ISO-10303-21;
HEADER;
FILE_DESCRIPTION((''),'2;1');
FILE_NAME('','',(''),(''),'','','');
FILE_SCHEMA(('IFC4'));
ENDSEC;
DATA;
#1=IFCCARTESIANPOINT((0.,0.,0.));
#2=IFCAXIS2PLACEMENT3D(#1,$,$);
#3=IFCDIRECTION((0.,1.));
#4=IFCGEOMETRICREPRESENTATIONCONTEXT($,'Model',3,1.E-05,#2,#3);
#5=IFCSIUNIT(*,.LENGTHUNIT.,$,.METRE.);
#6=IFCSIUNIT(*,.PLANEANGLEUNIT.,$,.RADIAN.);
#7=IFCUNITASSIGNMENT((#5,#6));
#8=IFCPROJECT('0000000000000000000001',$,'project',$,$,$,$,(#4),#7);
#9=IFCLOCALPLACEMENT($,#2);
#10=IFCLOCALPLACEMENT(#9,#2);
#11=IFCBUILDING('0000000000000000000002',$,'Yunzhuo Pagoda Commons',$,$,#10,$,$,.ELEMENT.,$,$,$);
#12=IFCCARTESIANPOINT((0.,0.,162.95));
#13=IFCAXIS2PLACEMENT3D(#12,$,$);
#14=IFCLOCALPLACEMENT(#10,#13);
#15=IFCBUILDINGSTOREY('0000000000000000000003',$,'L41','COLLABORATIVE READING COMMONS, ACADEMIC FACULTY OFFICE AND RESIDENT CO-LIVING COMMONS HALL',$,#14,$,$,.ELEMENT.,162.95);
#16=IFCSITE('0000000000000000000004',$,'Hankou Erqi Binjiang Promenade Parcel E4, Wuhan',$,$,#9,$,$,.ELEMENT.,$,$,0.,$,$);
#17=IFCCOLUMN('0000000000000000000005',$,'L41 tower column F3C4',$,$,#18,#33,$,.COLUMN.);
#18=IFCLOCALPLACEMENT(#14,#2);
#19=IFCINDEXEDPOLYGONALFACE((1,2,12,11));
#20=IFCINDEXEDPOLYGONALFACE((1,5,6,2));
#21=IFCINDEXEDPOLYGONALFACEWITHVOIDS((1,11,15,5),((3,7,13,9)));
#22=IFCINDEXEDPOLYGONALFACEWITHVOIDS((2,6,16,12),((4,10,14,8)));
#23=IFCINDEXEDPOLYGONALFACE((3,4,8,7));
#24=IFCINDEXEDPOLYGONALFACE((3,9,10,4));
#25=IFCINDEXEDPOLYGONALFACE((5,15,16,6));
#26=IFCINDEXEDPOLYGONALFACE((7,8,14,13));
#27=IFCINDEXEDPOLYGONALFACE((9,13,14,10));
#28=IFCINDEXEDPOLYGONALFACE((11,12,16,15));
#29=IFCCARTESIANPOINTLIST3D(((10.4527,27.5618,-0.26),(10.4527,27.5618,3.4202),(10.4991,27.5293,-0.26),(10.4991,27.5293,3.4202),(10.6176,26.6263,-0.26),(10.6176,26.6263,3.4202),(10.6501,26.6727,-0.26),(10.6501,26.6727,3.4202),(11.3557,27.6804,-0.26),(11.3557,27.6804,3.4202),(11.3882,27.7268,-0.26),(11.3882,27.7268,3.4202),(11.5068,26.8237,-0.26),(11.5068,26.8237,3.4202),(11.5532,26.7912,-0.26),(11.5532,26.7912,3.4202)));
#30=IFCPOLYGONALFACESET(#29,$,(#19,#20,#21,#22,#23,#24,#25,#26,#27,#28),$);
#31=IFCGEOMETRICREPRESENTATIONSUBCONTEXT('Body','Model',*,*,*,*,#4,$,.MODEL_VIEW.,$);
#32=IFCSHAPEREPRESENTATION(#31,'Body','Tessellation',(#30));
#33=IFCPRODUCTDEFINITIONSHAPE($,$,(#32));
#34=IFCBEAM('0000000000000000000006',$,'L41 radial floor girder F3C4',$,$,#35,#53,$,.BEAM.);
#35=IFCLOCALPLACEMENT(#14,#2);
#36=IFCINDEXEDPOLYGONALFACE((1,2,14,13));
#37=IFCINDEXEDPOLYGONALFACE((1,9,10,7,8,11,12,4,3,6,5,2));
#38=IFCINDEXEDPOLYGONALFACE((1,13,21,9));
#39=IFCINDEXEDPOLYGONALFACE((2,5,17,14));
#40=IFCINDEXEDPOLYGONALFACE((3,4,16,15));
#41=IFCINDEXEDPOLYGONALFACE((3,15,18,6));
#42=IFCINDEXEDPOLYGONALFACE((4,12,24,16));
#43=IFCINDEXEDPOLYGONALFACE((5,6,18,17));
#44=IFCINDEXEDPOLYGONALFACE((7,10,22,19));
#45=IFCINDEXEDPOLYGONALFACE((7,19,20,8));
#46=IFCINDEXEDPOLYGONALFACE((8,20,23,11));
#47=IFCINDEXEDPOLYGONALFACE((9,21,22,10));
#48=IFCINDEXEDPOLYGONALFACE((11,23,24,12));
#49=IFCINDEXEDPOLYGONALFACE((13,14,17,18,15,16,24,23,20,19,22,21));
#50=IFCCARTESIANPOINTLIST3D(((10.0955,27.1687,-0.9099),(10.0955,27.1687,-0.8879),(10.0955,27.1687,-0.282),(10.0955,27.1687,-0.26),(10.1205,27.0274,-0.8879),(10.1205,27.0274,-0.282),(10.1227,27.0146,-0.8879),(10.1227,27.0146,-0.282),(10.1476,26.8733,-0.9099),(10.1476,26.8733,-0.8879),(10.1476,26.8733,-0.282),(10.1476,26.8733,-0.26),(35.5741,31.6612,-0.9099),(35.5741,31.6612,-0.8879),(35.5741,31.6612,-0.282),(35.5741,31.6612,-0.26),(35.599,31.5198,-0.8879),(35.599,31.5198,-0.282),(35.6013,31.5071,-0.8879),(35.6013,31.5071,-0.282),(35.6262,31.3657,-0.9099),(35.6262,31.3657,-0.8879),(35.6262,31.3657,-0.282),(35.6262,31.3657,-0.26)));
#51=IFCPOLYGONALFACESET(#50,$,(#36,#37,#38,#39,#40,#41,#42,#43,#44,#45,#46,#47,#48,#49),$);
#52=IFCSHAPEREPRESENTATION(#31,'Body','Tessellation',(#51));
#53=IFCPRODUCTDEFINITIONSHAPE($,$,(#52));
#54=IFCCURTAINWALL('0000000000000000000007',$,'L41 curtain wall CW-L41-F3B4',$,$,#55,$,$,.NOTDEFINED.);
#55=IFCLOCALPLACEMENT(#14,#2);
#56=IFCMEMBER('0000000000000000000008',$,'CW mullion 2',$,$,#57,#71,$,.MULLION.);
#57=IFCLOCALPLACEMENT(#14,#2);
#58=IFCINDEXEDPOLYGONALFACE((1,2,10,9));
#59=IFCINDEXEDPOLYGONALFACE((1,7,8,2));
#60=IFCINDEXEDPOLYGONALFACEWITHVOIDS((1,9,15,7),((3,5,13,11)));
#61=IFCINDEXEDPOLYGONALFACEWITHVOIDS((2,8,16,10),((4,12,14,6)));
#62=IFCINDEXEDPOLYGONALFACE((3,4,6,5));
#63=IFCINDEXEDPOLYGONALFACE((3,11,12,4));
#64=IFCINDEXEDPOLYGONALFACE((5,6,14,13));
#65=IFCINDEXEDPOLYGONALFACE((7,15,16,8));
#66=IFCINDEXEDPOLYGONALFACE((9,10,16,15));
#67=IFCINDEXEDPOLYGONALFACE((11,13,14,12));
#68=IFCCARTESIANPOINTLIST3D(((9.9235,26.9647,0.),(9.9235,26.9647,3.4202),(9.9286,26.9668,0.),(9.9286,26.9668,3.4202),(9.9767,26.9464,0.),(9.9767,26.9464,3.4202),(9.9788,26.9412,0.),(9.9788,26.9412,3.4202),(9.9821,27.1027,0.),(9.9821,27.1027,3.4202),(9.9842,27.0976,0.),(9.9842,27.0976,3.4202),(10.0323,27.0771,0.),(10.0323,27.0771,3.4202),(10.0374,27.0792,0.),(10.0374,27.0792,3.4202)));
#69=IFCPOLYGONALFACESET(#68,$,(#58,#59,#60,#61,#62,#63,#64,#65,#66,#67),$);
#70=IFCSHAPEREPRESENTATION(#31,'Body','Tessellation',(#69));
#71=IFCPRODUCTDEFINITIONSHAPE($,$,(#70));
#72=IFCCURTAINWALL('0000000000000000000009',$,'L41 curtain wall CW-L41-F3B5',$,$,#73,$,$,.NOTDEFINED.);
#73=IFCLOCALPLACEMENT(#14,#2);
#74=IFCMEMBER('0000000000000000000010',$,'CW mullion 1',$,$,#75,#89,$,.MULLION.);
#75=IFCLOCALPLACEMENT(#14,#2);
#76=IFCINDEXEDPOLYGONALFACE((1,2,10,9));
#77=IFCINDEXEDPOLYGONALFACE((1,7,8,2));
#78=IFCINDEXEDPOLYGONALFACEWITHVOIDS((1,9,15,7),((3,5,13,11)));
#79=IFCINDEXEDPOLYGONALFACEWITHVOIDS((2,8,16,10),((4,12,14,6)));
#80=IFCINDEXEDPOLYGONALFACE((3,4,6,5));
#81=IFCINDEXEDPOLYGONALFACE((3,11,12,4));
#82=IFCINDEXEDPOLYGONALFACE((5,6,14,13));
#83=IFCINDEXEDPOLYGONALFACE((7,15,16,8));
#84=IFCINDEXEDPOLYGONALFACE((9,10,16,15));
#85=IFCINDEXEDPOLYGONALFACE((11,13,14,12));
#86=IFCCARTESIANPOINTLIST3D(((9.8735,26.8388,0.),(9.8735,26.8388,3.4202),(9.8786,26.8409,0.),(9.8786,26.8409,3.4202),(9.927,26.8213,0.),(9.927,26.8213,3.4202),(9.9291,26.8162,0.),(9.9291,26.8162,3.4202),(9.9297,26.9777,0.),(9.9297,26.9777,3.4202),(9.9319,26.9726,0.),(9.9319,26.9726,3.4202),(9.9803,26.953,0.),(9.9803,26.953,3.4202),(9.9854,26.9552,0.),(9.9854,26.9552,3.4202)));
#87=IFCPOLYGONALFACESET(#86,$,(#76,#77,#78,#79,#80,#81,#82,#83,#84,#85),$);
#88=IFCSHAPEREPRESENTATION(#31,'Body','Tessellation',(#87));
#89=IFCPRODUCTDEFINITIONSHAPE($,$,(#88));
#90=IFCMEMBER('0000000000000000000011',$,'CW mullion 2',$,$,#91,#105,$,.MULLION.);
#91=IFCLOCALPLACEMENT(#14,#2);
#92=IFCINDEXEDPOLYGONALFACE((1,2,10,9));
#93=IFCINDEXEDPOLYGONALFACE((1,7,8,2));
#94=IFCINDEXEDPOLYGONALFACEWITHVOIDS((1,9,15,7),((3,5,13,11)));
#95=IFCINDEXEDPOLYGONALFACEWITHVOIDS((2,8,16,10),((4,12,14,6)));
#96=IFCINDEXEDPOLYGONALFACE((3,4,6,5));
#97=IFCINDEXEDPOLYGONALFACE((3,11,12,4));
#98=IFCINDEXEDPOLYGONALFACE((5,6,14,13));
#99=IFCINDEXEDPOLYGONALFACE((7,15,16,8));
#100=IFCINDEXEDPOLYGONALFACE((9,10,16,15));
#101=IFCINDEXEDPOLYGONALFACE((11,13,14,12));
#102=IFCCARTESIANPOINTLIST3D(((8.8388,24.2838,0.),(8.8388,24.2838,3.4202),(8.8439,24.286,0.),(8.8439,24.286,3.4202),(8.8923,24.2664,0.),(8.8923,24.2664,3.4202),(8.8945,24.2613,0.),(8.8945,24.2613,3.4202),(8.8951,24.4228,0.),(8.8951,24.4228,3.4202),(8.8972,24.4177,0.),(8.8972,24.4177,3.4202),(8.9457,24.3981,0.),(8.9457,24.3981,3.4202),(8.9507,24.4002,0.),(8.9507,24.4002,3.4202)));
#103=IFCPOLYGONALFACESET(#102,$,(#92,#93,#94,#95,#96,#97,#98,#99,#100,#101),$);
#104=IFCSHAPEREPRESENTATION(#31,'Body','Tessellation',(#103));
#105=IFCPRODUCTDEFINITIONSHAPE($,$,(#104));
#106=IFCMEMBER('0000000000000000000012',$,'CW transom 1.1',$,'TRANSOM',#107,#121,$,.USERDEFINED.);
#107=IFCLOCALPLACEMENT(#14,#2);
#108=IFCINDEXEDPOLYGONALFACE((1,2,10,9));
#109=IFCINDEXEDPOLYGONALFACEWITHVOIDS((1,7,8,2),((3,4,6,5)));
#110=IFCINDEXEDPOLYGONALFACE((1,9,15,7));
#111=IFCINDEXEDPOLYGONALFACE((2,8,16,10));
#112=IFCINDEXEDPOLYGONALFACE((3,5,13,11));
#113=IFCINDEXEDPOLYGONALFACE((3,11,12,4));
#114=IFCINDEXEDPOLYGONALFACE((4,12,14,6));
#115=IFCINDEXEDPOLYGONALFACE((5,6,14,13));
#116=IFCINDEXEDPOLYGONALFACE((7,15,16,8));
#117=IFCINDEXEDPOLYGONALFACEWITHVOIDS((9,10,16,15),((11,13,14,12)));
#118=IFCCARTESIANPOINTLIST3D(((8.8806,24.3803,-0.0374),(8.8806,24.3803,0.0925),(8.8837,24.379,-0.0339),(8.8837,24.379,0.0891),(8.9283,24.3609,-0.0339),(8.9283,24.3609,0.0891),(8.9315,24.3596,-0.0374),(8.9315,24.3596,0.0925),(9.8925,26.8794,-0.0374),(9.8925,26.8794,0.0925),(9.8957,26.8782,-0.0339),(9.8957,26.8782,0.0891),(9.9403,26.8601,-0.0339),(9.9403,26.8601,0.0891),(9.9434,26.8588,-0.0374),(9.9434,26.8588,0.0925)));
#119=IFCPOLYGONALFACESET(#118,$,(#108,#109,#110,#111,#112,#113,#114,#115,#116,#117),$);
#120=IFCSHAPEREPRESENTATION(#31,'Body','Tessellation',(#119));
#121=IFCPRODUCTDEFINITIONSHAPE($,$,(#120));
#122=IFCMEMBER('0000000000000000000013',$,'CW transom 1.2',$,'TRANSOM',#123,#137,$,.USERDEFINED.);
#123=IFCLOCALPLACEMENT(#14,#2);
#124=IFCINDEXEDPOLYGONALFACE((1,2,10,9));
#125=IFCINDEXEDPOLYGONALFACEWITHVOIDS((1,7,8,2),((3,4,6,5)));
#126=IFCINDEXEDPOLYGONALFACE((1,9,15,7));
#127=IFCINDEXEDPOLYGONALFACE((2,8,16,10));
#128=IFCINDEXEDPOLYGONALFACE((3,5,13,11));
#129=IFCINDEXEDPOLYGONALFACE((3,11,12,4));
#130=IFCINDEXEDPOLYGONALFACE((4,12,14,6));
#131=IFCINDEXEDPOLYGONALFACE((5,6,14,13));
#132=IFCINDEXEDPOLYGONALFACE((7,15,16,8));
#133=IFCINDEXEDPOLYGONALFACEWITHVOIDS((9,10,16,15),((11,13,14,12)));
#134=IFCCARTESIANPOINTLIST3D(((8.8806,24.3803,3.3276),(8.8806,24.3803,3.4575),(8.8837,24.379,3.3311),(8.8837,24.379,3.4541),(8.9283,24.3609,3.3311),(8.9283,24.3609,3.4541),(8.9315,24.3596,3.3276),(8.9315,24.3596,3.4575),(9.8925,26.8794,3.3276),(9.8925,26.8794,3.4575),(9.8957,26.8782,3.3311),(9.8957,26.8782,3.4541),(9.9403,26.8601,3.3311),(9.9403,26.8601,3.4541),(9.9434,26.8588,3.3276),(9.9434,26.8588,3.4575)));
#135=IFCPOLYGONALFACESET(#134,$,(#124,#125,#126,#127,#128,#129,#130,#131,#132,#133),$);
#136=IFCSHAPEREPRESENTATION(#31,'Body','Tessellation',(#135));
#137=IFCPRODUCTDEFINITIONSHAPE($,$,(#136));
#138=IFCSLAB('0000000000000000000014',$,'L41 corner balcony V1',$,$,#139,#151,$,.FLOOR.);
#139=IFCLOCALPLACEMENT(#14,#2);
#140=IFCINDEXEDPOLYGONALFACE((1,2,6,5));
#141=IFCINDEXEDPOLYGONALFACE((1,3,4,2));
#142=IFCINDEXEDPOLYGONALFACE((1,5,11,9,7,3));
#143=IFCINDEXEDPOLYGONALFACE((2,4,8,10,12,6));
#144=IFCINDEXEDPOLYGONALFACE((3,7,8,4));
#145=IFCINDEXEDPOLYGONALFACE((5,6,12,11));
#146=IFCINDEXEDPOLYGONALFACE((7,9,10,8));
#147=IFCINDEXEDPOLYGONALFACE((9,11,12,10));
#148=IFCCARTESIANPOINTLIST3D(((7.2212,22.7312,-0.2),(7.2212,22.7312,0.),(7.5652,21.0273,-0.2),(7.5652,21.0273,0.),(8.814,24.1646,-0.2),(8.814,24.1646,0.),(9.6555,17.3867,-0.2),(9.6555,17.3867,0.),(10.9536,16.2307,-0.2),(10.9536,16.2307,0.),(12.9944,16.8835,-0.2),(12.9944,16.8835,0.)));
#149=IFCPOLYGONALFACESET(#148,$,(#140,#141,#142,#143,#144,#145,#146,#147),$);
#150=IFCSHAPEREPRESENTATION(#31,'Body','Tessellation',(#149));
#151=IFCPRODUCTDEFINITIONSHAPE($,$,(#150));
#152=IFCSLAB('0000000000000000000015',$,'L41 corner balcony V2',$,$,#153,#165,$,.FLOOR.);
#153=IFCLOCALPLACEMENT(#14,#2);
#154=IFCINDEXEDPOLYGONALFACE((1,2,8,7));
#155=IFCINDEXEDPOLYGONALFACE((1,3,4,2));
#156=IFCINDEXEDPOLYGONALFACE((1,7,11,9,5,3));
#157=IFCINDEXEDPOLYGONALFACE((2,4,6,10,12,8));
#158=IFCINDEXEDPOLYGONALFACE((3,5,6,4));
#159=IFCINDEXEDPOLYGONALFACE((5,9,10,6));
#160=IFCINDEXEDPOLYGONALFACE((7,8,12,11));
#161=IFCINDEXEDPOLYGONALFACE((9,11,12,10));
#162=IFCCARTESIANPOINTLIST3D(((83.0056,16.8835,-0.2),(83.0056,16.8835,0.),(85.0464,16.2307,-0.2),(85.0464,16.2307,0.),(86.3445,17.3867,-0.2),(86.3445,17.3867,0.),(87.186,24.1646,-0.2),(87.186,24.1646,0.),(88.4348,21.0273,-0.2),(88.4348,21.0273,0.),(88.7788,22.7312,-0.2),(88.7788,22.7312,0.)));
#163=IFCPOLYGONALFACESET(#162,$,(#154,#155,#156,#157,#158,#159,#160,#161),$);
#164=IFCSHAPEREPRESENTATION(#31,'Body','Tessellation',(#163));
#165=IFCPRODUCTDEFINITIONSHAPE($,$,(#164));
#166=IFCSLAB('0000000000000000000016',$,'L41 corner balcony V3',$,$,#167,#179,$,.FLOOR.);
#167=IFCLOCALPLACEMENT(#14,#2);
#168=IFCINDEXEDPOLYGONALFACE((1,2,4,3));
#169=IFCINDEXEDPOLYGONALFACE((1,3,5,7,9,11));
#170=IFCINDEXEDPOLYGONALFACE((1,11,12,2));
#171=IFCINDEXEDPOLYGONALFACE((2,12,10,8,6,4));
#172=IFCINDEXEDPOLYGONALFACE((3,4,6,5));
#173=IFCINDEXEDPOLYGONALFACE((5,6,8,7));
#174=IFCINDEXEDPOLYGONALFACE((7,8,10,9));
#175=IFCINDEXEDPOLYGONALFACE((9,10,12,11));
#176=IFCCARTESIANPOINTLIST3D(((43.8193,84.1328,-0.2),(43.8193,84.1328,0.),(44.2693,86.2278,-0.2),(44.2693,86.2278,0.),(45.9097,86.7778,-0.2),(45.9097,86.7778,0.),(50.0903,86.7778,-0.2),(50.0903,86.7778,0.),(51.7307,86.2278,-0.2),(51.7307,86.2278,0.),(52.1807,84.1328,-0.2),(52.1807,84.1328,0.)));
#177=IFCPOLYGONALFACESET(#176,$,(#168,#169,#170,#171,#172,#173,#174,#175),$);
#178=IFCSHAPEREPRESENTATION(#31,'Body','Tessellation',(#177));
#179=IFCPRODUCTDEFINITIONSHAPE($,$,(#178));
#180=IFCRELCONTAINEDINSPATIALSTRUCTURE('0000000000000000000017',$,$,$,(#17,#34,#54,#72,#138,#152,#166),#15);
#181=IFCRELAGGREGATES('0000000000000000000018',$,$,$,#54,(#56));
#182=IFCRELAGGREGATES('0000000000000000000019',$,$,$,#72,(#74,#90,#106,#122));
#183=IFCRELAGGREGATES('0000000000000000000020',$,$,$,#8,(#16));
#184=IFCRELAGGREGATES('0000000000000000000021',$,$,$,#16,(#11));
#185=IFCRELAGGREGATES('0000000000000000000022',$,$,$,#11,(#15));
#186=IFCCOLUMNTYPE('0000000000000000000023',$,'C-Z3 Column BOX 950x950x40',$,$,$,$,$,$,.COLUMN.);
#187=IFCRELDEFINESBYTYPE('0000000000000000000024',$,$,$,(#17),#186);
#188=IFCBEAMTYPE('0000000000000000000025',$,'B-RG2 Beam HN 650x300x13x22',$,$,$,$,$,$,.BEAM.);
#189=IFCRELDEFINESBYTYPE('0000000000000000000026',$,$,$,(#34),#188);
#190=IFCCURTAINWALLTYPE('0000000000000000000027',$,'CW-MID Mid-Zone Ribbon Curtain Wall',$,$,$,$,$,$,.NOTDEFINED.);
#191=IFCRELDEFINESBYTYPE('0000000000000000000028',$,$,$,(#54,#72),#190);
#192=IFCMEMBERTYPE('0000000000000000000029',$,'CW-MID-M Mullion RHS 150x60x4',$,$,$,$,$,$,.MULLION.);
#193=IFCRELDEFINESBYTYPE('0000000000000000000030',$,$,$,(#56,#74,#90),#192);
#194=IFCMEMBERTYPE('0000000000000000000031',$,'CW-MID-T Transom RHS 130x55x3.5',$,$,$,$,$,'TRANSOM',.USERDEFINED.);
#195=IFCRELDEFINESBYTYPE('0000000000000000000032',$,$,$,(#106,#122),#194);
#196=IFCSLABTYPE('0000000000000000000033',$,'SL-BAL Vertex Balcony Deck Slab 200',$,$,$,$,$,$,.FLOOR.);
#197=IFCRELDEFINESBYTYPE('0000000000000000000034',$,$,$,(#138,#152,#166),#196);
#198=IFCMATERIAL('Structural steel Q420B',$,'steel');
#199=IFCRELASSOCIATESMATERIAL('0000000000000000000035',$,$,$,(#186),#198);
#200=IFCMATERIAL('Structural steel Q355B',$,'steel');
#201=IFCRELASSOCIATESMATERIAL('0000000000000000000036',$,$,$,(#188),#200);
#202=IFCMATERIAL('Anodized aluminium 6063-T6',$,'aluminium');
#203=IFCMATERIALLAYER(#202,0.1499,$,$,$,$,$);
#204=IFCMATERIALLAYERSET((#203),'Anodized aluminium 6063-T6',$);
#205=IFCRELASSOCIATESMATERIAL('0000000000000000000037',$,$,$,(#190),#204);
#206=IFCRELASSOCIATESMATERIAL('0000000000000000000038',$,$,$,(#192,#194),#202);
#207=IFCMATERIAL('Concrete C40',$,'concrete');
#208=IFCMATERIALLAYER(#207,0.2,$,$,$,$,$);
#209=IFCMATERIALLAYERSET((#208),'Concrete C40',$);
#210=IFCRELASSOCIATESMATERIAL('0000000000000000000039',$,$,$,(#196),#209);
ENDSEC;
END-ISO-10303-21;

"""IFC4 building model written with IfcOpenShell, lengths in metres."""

from ifc_helpers import new_model, si_unit, direction, frame, origin, origin_2d, place, context, subcontext, project, spatial, polyline, hollow_rectangle, i_section, outline, extrude, source, transform, mapped, material, layer, layer_set, material_profile, profile_set, type_object, element, aggregate, save


model = new_model("IFC4")

# Units and contexts
model_context = context("Model", 3, precision=1e-05, world=origin(), true_north=direction((0.0, 1.0)))
body_context = subcontext(model_context, "Body", "Model", "MODEL_VIEW")
ifc_project = project(units=[si_unit("LENGTHUNIT", "METRE"), si_unit("PLANEANGLEUNIT", "RADIAN")], contexts=[model_context])

# Site, building, storey
site_placement = place(None, origin())
site = spatial("IfcSite", under=ifc_project, at=site_placement, Name="Hankou Erqi Binjiang Promenade Parcel E4, Wuhan", CompositionType="ELEMENT", RefElevation=0.0)
building_placement = place(site_placement, origin())
building = spatial("IfcBuilding", under=site, at=building_placement, Name="Yunzhuo Pagoda Commons", CompositionType="ELEMENT")
storey_placement = place(building_placement, frame((0.0, 0.0, 162.95)))
storey = spatial("IfcBuildingStorey", under=building, at=storey_placement, Name="L41", Description="COLLABORATIVE READING COMMONS, ACADEMIC FACULTY OFFICE AND RESIDENT CO-LIVING COMMONS HALL", CompositionType="ELEMENT", Elevation=162.95)

# Column
ifc_material_1 = material(Name="Structural steel Q420B", Category="steel")
ifc_material_profile_1 = material_profile(ifc_material_1, hollow_rectangle(XDim=0.95, YDim=0.95, WallThickness=0.04, at=origin_2d()), Name="Structural steel Q420B")
ifc_profile_set_1 = profile_set([ifc_material_profile_1], Name="Structural steel Q420B")
column_type = type_object("IfcColumnType", Name="C-Z3 Column BOX 950x950x40", PredefinedType="COLUMN", material=ifc_profile_set_1)
shared_shape_1 = source(origin(), body_context, "Body", "SweptSolid", [
    extrude(hollow_rectangle(XDim=0.95, YDim=0.95, WallThickness=0.04, at=origin_2d()), origin(), (0.0, 0.0, 1.0), 3.6802),
])
column_placement = place(storey_placement, frame((11.0029, 27.1765, -0.26), z_axis=(0.0, 0.0, 1.0), x_axis=(0.173648, -0.984808, 0.0)))
element("IfcColumn", 1, at=column_placement, inside=storey, type_object=column_type, Name="L41 tower column F3C4", PredefinedType="COLUMN", context=body_context, shape_type="MappedRepresentation", body=[
    mapped(shared_shape_1, transform((0.0, 0.0, 0.0), scale=1.0)),
])

# Beam
ifc_material_2 = material(Name="Structural steel Q355B", Category="steel")
ifc_material_profile_2 = material_profile(ifc_material_2, i_section(OverallWidth=0.3, OverallDepth=0.6499, WebThickness=0.0129, FlangeThickness=0.022, at=origin_2d()), Name="Structural steel Q355B")
ifc_profile_set_2 = profile_set([ifc_material_profile_2], Name="Structural steel Q355B")
beam_type = type_object("IfcBeamType", Name="B-RG2 Beam HN 650x300x13x22", PredefinedType="BEAM", material=ifc_profile_set_2)
shared_shape_2 = source(origin(), body_context, "Body", "SweptSolid", [
    extrude(i_section(OverallWidth=0.3, OverallDepth=0.6499, WebThickness=0.0129, FlangeThickness=0.022, at=origin_2d()), origin(), (0.0, 0.0, 1.0), 25.8716),
])
beam_placement = place(storey_placement, frame((10.1216, 27.021, -0.585), z_axis=(0.984809, 0.173644, 0.0), x_axis=(-0.173644, 0.984809, 0.0)))
element("IfcBeam", 2, at=beam_placement, inside=storey, type_object=beam_type, Name="L41 radial floor girder F3C4", PredefinedType="BEAM", context=body_context, shape_type="MappedRepresentation", body=[
    mapped(shared_shape_2, transform((0.0, 0.0, 0.0), scale=1.0)),
])

# Curtain wall, member
ifc_material_3 = material(Name="Anodized aluminium 6063-T6", Category="aluminium")
ifc_layer_1 = layer(ifc_material_3, 0.1499)
ifc_layer_set_1 = layer_set([ifc_layer_1], Name="Anodized aluminium 6063-T6")
curtain_wall_type = type_object("IfcCurtainWallType", Name="CW-MID Mid-Zone Ribbon Curtain Wall", PredefinedType="NOTDEFINED", material=ifc_layer_set_1)
curtain_wall_1_placement = place(storey_placement, origin())
curtain_wall_1 = element("IfcCurtainWall", 3, at=curtain_wall_1_placement, inside=storey, type_object=curtain_wall_type, Name="L41 curtain wall CW-L41-F3B4", PredefinedType="NOTDEFINED")
ifc_material_profile_3 = material_profile(ifc_material_3, hollow_rectangle(XDim=0.0601, YDim=0.1499, WallThickness=0.0039, at=origin_2d()), Name="Anodized aluminium 6063-T6")
ifc_profile_set_3 = profile_set([ifc_material_profile_3], Name="Anodized aluminium 6063-T6")
member_type_1 = type_object("IfcMemberType", Name="CW-MID-M Mullion RHS 150x60x4", PredefinedType="MULLION", material=ifc_profile_set_3)
shared_shape_3 = source(origin(), body_context, "Body", "SweptSolid", [
    extrude(hollow_rectangle(XDim=0.0601, YDim=0.1499, WallThickness=0.0039, at=origin_2d()), origin(), (0.0, 0.0, 1.0), 3.4202),
])
member_1_placement = place(storey_placement, frame((9.9805, 27.022, 0.0), z_axis=(0.0, 0.0, 1.0), x_axis=(0.920364, -0.391063, 0.0)))
member_1 = element("IfcMember", 4, at=member_1_placement, type_object=member_type_1, Name="CW mullion 2", PredefinedType="MULLION", context=body_context, shape_type="MappedRepresentation", body=[
    mapped(shared_shape_3, transform((0.0, 0.0, 0.0), scale=1.0)),
])
aggregate(curtain_wall_1, [member_1])

# Curtain wall, members
curtain_wall_2_placement = place(storey_placement, origin())
curtain_wall_2 = element("IfcCurtainWall", 5, at=curtain_wall_2_placement, inside=storey, type_object=curtain_wall_type, Name="L41 curtain wall CW-L41-F3B5", PredefinedType="NOTDEFINED")
member_2_placement = place(storey_placement, frame((9.9294, 26.897, 0.0), z_axis=(0.0, 0.0, 1.0), x_axis=(0.926896, -0.375318, 0.0)))
member_2 = element("IfcMember", 6, at=member_2_placement, type_object=member_type_1, Name="CW mullion 1", PredefinedType="MULLION", context=body_context, shape_type="MappedRepresentation", body=[
    mapped(shared_shape_3, transform((0.0, 0.0, 0.0), scale=1.0)),
])
member_3_placement = place(storey_placement, frame((8.8948, 24.342, 0.0), z_axis=(0.0, 0.0, 1.0), x_axis=(0.926896, -0.375318, 0.0)))
member_3 = element("IfcMember", 7, at=member_3_placement, type_object=member_type_1, Name="CW mullion 2", PredefinedType="MULLION", context=body_context, shape_type="MappedRepresentation", body=[
    mapped(shared_shape_3, transform((0.0, 0.0, 0.0), scale=1.0)),
])
ifc_material_profile_4 = material_profile(ifc_material_3, hollow_rectangle(XDim=0.0549, YDim=0.1299, WallThickness=0.0034, at=origin_2d()), Name="Anodized aluminium 6063-T6")
ifc_profile_set_4 = profile_set([ifc_material_profile_4], Name="Anodized aluminium 6063-T6")
member_type_2 = type_object("IfcMemberType", Name="CW-MID-T Transom RHS 130x55x3.5", ElementType="TRANSOM", PredefinedType="USERDEFINED", material=ifc_profile_set_4)
shared_shape_4 = source(origin(), body_context, "Body", "SweptSolid", [
    extrude(hollow_rectangle(XDim=0.0549, YDim=0.1299, WallThickness=0.0034, at=origin_2d()), origin(), (0.0, 0.0, 1.0), 2.6963),
])
member_4_placement = place(storey_placement, frame((9.918, 26.8691, 0.0276), z_axis=(-0.375306, -0.926901, 0.0), x_axis=(0.926901, -0.375306, 0.0)))
member_4 = element("IfcMember", 8, at=member_4_placement, type_object=member_type_2, Name="CW transom 1.1", ObjectType="TRANSOM", PredefinedType="USERDEFINED", context=body_context, shape_type="MappedRepresentation", body=[
    mapped(shared_shape_4, transform((0.0, 0.0, 0.0), scale=1.0)),
])
member_5_placement = place(storey_placement, frame((9.918, 26.8691, 3.3926), z_axis=(-0.375306, -0.926901, 0.0), x_axis=(0.926901, -0.375306, 0.0)))
member_5 = element("IfcMember", 9, at=member_5_placement, type_object=member_type_2, Name="CW transom 1.2", ObjectType="TRANSOM", PredefinedType="USERDEFINED", context=body_context, shape_type="MappedRepresentation", body=[
    mapped(shared_shape_4, transform((0.0, 0.0, 0.0), scale=1.0)),
])

# Slabs
ifc_material_4 = material(Name="Concrete C40", Category="concrete")
ifc_layer_2 = layer(ifc_material_4, 0.2)
ifc_layer_set_2 = layer_set([ifc_layer_2], Name="Concrete C40")
slab_type_1 = type_object("IfcSlabType", Name="SL-BAL Vertex Balcony Deck Slab 200", PredefinedType="FLOOR", material=ifc_layer_set_2)
slab_1_placement = place(storey_placement, frame((0.0, 0.0, -0.2)))
element("IfcSlab", 10, at=slab_1_placement, inside=storey, type_object=slab_type_1, Name="L41 corner balcony V1", PredefinedType="FLOOR", context=body_context, shape_type="SweptSolid", body=[
    extrude(outline(polyline([(8.814, 24.1646), (12.9944, 16.8835), (10.9536, 16.2307), (9.6555, 17.3867), (7.5652, 21.0273), (7.2212, 22.7312), (8.814, 24.1646)])), origin(), (0.0, 0.0, 1.0), 0.2),
])
slab_2_placement = place(storey_placement, frame((0.0, 0.0, -0.2)))
element("IfcSlab", 11, at=slab_2_placement, inside=storey, type_object=slab_type_1, Name="L41 corner balcony V2", PredefinedType="FLOOR", context=body_context, shape_type="SweptSolid", body=[
    extrude(outline(polyline([(83.0056, 16.8835), (87.186, 24.1646), (88.7788, 22.7312), (88.4348, 21.0273), (86.3445, 17.3867), (85.0464, 16.2307), (83.0056, 16.8835)])), origin(), (0.0, 0.0, 1.0), 0.2),
])
slab_3_placement = place(storey_placement, frame((0.0, 0.0, -0.2)))
element("IfcSlab", 12, at=slab_3_placement, inside=storey, type_object=slab_type_1, Name="L41 corner balcony V3", PredefinedType="FLOOR", context=body_context, shape_type="SweptSolid", body=[
    extrude(outline(polyline([(52.1807, 84.1328), (43.8193, 84.1328), (44.2693, 86.2278), (45.9097, 86.7778), (50.0903, 86.7778), (51.7307, 86.2278), (52.1807, 84.1328)])), origin(), (0.0, 0.0, 1.0), 0.2),
])

aggregate(curtain_wall_2, [member_2, member_3, member_4, member_5])

save(model, "model.ifc")
